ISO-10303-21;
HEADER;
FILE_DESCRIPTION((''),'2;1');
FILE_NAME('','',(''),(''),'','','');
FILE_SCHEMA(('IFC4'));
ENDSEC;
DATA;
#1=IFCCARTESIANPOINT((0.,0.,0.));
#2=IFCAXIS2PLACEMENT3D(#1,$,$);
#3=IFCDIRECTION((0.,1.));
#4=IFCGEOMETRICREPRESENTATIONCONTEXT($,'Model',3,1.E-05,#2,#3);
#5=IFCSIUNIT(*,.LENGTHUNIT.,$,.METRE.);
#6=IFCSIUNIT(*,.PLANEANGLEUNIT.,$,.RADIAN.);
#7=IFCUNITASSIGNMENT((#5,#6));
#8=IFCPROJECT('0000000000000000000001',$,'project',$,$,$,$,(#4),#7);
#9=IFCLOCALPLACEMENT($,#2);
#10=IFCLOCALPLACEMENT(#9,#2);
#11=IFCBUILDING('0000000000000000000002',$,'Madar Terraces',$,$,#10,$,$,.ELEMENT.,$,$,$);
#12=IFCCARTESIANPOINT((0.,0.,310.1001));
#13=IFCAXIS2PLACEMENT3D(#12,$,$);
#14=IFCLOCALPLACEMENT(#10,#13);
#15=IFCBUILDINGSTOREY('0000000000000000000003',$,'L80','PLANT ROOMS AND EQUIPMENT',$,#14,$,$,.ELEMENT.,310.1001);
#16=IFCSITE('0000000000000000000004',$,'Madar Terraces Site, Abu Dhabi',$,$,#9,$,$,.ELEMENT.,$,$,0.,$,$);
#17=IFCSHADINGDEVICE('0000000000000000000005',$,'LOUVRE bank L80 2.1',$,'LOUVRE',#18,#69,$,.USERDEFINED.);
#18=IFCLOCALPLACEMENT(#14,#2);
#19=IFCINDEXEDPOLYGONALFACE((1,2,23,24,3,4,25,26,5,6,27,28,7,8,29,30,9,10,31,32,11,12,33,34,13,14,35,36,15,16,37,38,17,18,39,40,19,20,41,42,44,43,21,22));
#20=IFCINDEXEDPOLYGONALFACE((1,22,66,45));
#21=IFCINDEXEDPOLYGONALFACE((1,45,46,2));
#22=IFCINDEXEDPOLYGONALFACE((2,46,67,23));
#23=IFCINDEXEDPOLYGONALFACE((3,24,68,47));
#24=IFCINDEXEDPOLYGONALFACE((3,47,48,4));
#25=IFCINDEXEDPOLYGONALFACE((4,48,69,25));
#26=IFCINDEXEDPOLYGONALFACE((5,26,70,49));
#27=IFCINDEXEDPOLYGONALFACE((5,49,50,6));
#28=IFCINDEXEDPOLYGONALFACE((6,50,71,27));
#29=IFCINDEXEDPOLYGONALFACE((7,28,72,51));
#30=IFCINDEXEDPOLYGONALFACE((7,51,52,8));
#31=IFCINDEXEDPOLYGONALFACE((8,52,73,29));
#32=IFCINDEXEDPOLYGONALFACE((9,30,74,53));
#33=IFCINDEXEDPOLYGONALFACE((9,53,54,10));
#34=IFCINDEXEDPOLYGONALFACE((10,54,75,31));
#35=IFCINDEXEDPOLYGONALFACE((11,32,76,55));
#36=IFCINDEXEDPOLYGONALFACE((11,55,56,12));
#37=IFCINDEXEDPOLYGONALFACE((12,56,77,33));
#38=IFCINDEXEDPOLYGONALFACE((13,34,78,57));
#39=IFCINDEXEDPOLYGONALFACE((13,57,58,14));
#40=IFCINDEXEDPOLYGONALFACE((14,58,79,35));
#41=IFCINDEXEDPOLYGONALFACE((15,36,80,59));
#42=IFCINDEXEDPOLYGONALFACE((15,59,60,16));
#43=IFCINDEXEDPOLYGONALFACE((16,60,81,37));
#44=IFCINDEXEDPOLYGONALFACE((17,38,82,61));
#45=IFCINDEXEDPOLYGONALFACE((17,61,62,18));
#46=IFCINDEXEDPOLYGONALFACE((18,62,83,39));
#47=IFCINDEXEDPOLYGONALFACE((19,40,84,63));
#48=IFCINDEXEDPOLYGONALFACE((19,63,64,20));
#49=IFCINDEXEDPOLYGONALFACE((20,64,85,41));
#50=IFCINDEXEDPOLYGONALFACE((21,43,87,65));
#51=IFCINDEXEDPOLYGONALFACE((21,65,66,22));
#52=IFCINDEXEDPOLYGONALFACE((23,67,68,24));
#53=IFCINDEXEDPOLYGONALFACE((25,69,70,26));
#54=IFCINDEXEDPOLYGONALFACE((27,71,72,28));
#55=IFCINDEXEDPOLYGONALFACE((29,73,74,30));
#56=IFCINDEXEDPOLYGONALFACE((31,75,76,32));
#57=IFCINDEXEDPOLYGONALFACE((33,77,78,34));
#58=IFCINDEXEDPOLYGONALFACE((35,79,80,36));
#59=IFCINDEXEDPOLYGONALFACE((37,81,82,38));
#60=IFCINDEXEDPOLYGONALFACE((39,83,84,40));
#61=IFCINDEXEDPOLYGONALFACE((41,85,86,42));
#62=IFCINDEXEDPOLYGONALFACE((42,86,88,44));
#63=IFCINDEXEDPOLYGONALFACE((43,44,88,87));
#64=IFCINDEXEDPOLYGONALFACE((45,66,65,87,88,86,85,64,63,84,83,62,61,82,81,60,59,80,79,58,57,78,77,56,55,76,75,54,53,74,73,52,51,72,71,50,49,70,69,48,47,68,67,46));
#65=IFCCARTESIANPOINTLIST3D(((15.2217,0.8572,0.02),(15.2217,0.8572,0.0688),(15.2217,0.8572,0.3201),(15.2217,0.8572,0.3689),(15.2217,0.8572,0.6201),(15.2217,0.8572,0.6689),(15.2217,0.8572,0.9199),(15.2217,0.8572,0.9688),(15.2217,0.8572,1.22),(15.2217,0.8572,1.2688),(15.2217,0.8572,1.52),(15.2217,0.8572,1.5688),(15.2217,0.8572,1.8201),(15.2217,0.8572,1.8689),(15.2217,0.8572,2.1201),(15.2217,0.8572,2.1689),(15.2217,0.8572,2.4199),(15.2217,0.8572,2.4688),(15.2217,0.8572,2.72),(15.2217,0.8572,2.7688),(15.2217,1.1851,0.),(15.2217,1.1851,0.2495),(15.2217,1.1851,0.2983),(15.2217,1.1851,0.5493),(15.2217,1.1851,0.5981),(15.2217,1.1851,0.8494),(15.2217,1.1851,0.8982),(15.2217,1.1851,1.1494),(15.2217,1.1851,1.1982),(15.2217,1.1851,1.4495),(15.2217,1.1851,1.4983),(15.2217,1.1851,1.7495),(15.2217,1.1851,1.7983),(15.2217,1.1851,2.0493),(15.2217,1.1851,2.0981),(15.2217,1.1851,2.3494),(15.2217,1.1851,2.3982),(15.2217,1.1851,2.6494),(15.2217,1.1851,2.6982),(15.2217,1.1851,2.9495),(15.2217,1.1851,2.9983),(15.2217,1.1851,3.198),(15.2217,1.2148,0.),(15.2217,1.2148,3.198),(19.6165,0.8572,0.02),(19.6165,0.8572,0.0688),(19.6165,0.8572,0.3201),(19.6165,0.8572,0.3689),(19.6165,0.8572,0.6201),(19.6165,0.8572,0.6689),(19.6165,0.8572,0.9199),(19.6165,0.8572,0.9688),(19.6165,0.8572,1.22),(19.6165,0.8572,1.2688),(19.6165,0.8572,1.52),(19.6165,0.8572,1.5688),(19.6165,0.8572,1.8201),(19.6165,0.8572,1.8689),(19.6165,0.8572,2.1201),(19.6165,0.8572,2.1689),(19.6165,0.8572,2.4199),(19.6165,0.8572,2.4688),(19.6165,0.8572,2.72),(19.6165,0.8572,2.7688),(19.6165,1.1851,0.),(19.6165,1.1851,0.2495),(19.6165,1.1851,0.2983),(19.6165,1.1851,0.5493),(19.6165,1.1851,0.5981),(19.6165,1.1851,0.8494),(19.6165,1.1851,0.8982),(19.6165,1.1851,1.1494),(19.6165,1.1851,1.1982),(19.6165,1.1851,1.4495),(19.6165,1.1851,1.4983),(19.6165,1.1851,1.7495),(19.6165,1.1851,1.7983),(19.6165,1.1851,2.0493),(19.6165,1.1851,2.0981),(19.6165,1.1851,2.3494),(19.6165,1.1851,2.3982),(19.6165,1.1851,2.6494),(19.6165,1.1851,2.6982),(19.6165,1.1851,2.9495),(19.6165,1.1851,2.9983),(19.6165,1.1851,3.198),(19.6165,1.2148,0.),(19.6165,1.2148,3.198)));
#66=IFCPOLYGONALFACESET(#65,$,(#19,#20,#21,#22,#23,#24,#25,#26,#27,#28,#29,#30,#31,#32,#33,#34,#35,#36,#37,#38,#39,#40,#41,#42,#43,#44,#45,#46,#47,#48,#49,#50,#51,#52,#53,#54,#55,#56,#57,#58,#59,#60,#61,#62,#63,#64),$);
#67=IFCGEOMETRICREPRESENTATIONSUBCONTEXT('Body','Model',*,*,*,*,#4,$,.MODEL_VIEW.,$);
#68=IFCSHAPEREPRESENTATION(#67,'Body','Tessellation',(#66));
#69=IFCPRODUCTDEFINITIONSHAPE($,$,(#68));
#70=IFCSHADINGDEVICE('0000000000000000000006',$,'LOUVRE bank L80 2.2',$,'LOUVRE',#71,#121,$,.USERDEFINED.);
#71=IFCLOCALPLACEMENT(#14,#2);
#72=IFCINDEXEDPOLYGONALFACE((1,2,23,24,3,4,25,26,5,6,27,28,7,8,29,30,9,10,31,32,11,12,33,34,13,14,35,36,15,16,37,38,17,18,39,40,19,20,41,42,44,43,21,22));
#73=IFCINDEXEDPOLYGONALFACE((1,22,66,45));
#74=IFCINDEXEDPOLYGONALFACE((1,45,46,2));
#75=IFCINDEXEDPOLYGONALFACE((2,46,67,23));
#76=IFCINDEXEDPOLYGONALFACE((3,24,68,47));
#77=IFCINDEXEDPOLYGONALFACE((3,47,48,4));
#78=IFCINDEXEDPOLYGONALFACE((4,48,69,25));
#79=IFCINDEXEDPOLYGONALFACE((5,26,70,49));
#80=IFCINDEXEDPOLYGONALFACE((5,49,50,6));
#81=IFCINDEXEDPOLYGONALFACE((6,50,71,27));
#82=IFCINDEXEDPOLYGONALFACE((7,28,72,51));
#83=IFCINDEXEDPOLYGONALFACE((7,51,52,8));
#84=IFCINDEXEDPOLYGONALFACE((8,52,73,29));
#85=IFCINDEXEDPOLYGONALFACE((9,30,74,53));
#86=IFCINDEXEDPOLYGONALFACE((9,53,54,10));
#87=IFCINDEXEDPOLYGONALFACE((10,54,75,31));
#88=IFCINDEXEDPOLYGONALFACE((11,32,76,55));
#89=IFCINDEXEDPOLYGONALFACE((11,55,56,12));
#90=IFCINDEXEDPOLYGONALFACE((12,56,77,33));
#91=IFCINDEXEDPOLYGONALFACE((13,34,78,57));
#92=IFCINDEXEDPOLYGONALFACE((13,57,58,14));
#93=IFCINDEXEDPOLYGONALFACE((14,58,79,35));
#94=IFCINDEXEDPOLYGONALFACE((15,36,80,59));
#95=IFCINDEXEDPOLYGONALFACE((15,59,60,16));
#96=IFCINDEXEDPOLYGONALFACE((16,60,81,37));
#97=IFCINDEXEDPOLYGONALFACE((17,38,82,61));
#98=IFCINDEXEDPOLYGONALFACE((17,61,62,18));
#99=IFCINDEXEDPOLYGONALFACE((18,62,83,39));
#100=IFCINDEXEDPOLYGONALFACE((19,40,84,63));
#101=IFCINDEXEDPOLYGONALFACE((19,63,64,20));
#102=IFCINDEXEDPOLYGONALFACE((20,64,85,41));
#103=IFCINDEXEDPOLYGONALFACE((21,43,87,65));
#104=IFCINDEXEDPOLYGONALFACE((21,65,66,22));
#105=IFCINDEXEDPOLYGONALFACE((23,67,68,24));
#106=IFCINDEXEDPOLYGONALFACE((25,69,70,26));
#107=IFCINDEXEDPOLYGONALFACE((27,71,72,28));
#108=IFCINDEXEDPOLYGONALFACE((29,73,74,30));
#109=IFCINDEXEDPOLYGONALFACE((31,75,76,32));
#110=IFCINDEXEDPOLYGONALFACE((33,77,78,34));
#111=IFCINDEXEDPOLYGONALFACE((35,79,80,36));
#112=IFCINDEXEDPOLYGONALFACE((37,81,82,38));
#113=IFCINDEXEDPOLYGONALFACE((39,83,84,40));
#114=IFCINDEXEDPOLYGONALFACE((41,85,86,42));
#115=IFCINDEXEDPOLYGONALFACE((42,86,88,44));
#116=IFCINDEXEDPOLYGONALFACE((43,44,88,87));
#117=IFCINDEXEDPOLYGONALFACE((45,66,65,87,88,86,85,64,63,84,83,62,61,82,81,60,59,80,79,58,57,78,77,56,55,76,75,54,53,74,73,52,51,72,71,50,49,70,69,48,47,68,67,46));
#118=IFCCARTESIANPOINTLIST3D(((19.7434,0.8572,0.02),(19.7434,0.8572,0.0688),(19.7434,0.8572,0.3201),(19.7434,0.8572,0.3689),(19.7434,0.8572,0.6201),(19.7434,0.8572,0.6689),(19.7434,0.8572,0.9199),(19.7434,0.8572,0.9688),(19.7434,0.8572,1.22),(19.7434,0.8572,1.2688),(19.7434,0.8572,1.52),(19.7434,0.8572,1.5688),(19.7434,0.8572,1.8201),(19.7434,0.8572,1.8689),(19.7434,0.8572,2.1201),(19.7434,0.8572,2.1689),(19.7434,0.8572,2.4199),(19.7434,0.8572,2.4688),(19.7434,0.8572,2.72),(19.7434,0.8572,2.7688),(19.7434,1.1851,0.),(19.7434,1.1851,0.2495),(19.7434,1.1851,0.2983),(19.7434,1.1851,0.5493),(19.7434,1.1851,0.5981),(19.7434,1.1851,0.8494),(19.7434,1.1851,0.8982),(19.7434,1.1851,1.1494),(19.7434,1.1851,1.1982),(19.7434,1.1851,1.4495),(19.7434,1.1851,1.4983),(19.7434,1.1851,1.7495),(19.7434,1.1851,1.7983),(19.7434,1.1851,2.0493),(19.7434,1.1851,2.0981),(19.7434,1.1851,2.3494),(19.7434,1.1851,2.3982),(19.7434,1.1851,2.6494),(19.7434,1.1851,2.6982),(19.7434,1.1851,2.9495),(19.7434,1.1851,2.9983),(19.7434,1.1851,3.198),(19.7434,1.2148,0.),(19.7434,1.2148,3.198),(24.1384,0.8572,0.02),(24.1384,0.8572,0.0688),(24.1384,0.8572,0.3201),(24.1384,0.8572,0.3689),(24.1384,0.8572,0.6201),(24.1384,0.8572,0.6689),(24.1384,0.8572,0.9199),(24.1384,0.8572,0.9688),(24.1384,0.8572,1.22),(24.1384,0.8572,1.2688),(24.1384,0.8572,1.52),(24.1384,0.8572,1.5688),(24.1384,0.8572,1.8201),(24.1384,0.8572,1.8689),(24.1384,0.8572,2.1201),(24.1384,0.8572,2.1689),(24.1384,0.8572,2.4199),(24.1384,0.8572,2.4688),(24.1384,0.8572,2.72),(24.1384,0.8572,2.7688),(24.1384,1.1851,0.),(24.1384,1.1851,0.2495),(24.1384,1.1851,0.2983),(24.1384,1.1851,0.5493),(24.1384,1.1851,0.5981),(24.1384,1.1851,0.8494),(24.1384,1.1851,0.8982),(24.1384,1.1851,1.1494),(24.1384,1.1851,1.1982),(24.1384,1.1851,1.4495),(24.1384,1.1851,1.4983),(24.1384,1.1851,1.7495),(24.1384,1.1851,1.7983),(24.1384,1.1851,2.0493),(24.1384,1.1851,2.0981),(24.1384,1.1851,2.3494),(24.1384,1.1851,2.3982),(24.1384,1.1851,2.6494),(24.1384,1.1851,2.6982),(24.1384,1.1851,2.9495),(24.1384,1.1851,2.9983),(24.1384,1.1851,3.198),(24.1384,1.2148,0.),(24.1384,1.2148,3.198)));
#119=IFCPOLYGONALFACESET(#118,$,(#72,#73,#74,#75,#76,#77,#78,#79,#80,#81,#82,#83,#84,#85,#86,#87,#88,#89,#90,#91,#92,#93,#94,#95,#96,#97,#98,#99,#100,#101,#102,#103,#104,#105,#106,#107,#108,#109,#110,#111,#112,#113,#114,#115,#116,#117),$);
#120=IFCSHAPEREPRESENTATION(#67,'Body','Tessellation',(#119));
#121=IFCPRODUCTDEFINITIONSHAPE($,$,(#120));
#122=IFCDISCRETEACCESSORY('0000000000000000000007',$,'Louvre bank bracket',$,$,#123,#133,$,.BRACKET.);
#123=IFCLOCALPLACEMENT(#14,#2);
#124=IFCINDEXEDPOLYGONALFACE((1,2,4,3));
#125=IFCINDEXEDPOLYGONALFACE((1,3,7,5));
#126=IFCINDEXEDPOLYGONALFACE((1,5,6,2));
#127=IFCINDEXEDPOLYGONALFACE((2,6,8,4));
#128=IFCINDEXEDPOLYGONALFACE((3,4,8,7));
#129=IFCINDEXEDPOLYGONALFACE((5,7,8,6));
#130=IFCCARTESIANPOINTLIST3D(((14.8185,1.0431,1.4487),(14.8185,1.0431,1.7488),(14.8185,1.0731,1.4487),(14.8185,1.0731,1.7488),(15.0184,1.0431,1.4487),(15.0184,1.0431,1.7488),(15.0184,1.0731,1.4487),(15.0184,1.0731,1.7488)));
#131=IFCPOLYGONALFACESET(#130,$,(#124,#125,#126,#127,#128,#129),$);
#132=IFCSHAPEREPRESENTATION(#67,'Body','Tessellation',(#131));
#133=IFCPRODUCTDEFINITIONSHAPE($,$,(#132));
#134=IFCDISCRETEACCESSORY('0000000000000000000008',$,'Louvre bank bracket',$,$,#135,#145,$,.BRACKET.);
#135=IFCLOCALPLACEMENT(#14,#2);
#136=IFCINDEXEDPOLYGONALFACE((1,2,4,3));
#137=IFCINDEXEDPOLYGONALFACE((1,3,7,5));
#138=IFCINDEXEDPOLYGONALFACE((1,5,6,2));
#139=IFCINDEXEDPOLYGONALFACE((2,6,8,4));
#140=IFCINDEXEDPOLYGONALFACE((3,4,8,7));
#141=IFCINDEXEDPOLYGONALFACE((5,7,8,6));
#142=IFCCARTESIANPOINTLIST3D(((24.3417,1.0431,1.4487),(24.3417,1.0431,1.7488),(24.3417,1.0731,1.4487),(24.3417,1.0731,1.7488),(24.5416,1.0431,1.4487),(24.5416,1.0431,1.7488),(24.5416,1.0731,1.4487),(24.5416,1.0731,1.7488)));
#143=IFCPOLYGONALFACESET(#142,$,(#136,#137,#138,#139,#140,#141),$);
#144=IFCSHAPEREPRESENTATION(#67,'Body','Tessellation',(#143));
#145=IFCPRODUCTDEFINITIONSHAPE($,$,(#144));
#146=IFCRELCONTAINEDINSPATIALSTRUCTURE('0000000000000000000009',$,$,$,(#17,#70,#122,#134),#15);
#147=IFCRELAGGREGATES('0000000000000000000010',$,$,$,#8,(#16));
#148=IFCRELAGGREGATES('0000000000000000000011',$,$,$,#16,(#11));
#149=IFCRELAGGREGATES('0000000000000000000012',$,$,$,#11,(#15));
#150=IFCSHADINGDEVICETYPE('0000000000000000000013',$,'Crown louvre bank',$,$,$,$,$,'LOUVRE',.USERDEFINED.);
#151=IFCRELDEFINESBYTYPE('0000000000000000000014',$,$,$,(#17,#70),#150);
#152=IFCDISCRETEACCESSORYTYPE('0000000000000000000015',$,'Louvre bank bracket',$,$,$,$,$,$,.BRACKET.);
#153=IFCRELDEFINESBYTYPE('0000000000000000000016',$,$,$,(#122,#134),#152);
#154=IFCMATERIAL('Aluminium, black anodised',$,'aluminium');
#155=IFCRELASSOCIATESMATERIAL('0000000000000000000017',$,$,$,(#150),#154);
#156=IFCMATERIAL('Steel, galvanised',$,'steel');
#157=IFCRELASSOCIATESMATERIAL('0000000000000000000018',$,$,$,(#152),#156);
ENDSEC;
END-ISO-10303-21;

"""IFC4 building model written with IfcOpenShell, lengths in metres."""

from ifc_helpers import new_model, si_unit, direction, frame, origin, origin_2d, place, context, subcontext, project, spatial, polyline, rectangle, outline, extrude, material, type_object, element, save


model = new_model("IFC4")

# Units and contexts
model_context = context("Model", 3, precision=1e-05, world=origin(), true_north=direction((0.0, 1.0)))
body_context = subcontext(model_context, "Body", "Model", "MODEL_VIEW")
ifc_project = project(units=[si_unit("LENGTHUNIT", "METRE"), si_unit("PLANEANGLEUNIT", "RADIAN")], contexts=[model_context])

# Site, building, storey
site_placement = place(None, origin())
site = spatial("IfcSite", under=ifc_project, at=site_placement, Name="Madar Terraces Site, Abu Dhabi", CompositionType="ELEMENT", RefElevation=0.0)
building_placement = place(site_placement, origin())
building = spatial("IfcBuilding", under=site, at=building_placement, Name="Madar Terraces", CompositionType="ELEMENT")
storey_placement = place(building_placement, frame((0.0, 0.0, 310.1001)))
storey = spatial("IfcBuildingStorey", under=building, at=storey_placement, Name="L80", Description="PLANT ROOMS AND EQUIPMENT", CompositionType="ELEMENT", Elevation=310.1001)

# Shading devices
ifc_material_1 = material(Name="Aluminium, black anodised", Category="aluminium")
shading_device_type = type_object("IfcShadingDeviceType", Name="Crown louvre bank", ElementType="LOUVRE", PredefinedType="USERDEFINED", material=ifc_material_1)
shading_device_1_placement = place(storey_placement, frame((15.2217, 1.2, 0.0), z_axis=(1.0, 0.0, 0.0), x_axis=(0.0, 1.0, 0.0)))
element("IfcShadingDevice", 1, at=shading_device_1_placement, inside=storey, type_object=shading_device_type, Name="LOUVRE bank L80 2.1", ObjectType="LOUVRE", PredefinedType="USERDEFINED", context=body_context, shape_type="SweptSolid", body=[
    extrude(outline(polyline([(0.0149, 0.0), (-0.0149, 0.0), (-0.0149, 0.2495), (-0.3428, 0.02), (-0.3428, 0.0688), (-0.0149, 0.2983), (-0.0149, 0.5493), (-0.3428, 0.3201), (-0.3428, 0.3689), (-0.0149, 0.5981), (-0.0149, 0.8494), (-0.3428, 0.6201), (-0.3428, 0.6689), (-0.0149, 0.8982), (-0.0149, 1.1494), (-0.3428, 0.9199), (-0.3428, 0.9688), (-0.0149, 1.1982), (-0.0149, 1.4495), (-0.3428, 1.22), (-0.3428, 1.2688), (-0.0149, 1.4983), (-0.0149, 1.7495), (-0.3428, 1.52), (-0.3428, 1.5688), (-0.0149, 1.7983), (-0.0149, 2.0493), (-0.3428, 1.8201), (-0.3428, 1.8689), (-0.0149, 2.0981), (-0.0149, 2.3494), (-0.3428, 2.1201), (-0.3428, 2.1689), (-0.0149, 2.3982), (-0.0149, 2.6494), (-0.3428, 2.4199), (-0.3428, 2.4688), (-0.0149, 2.6982), (-0.0149, 2.9495), (-0.3428, 2.72), (-0.3428, 2.7688), (-0.0149, 2.9983), (-0.0149, 3.198), (0.0149, 3.198), (0.0149, 0.0)])), origin(), (0.0, 0.0, 1.0), 4.3948),
])
shading_device_2_placement = place(storey_placement, frame((19.7434, 1.2, 0.0), z_axis=(1.0, 0.0, 0.0), x_axis=(0.0, 1.0, 0.0)))
element("IfcShadingDevice", 2, at=shading_device_2_placement, inside=storey, type_object=shading_device_type, Name="LOUVRE bank L80 2.2", ObjectType="LOUVRE", PredefinedType="USERDEFINED", context=body_context, shape_type="SweptSolid", body=[
    extrude(outline(polyline([(0.0149, 0.0), (-0.0149, 0.0), (-0.0149, 0.2495), (-0.3428, 0.02), (-0.3428, 0.0688), (-0.0149, 0.2983), (-0.0149, 0.5493), (-0.3428, 0.3201), (-0.3428, 0.3689), (-0.0149, 0.5981), (-0.0149, 0.8494), (-0.3428, 0.6201), (-0.3428, 0.6689), (-0.0149, 0.8982), (-0.0149, 1.1494), (-0.3428, 0.9199), (-0.3428, 0.9688), (-0.0149, 1.1982), (-0.0149, 1.4495), (-0.3428, 1.22), (-0.3428, 1.2688), (-0.0149, 1.4983), (-0.0149, 1.7495), (-0.3428, 1.52), (-0.3428, 1.5688), (-0.0149, 1.7983), (-0.0149, 2.0493), (-0.3428, 1.8201), (-0.3428, 1.8689), (-0.0149, 2.0981), (-0.0149, 2.3494), (-0.3428, 2.1201), (-0.3428, 2.1689), (-0.0149, 2.3982), (-0.0149, 2.6494), (-0.3428, 2.4199), (-0.3428, 2.4688), (-0.0149, 2.6982), (-0.0149, 2.9495), (-0.3428, 2.72), (-0.3428, 2.7688), (-0.0149, 2.9983), (-0.0149, 3.198), (0.0149, 3.198), (0.0149, 0.0)])), origin(), (0.0, 0.0, 1.0), 4.395),
])

# Discrete accessories
ifc_material_2 = material(Name="Steel, galvanised", Category="steel")
discrete_accessory_type = type_object("IfcDiscreteAccessoryType", Name="Louvre bank bracket", PredefinedType="BRACKET", material=ifc_material_2)
for number, where, z_axis, x_axis, name in (
    (3, (14.9185, 1.0581, 1.4487), (0.0, 0.0, 1.0), (1.0, 0.0, 0.0), "Louvre bank bracket"),
    (4, (24.4417, 1.0581, 1.4487), (0.0, 0.0, 1.0), (1.0, 0.0, 0.0), "Louvre bank bracket"),
):
    element("IfcDiscreteAccessory", number, at=place(storey_placement, frame(where, z_axis=z_axis, x_axis=x_axis)), inside=storey, type_object=discrete_accessory_type, Name=name, PredefinedType="BRACKET", context=body_context, shape_type="SweptSolid", body=[
        extrude(rectangle(XDim=0.2, YDim=0.03, at=origin_2d()), origin(), (0.0, 0.0, 1.0), 0.3),
    ])

save(model, "model.ifc")
